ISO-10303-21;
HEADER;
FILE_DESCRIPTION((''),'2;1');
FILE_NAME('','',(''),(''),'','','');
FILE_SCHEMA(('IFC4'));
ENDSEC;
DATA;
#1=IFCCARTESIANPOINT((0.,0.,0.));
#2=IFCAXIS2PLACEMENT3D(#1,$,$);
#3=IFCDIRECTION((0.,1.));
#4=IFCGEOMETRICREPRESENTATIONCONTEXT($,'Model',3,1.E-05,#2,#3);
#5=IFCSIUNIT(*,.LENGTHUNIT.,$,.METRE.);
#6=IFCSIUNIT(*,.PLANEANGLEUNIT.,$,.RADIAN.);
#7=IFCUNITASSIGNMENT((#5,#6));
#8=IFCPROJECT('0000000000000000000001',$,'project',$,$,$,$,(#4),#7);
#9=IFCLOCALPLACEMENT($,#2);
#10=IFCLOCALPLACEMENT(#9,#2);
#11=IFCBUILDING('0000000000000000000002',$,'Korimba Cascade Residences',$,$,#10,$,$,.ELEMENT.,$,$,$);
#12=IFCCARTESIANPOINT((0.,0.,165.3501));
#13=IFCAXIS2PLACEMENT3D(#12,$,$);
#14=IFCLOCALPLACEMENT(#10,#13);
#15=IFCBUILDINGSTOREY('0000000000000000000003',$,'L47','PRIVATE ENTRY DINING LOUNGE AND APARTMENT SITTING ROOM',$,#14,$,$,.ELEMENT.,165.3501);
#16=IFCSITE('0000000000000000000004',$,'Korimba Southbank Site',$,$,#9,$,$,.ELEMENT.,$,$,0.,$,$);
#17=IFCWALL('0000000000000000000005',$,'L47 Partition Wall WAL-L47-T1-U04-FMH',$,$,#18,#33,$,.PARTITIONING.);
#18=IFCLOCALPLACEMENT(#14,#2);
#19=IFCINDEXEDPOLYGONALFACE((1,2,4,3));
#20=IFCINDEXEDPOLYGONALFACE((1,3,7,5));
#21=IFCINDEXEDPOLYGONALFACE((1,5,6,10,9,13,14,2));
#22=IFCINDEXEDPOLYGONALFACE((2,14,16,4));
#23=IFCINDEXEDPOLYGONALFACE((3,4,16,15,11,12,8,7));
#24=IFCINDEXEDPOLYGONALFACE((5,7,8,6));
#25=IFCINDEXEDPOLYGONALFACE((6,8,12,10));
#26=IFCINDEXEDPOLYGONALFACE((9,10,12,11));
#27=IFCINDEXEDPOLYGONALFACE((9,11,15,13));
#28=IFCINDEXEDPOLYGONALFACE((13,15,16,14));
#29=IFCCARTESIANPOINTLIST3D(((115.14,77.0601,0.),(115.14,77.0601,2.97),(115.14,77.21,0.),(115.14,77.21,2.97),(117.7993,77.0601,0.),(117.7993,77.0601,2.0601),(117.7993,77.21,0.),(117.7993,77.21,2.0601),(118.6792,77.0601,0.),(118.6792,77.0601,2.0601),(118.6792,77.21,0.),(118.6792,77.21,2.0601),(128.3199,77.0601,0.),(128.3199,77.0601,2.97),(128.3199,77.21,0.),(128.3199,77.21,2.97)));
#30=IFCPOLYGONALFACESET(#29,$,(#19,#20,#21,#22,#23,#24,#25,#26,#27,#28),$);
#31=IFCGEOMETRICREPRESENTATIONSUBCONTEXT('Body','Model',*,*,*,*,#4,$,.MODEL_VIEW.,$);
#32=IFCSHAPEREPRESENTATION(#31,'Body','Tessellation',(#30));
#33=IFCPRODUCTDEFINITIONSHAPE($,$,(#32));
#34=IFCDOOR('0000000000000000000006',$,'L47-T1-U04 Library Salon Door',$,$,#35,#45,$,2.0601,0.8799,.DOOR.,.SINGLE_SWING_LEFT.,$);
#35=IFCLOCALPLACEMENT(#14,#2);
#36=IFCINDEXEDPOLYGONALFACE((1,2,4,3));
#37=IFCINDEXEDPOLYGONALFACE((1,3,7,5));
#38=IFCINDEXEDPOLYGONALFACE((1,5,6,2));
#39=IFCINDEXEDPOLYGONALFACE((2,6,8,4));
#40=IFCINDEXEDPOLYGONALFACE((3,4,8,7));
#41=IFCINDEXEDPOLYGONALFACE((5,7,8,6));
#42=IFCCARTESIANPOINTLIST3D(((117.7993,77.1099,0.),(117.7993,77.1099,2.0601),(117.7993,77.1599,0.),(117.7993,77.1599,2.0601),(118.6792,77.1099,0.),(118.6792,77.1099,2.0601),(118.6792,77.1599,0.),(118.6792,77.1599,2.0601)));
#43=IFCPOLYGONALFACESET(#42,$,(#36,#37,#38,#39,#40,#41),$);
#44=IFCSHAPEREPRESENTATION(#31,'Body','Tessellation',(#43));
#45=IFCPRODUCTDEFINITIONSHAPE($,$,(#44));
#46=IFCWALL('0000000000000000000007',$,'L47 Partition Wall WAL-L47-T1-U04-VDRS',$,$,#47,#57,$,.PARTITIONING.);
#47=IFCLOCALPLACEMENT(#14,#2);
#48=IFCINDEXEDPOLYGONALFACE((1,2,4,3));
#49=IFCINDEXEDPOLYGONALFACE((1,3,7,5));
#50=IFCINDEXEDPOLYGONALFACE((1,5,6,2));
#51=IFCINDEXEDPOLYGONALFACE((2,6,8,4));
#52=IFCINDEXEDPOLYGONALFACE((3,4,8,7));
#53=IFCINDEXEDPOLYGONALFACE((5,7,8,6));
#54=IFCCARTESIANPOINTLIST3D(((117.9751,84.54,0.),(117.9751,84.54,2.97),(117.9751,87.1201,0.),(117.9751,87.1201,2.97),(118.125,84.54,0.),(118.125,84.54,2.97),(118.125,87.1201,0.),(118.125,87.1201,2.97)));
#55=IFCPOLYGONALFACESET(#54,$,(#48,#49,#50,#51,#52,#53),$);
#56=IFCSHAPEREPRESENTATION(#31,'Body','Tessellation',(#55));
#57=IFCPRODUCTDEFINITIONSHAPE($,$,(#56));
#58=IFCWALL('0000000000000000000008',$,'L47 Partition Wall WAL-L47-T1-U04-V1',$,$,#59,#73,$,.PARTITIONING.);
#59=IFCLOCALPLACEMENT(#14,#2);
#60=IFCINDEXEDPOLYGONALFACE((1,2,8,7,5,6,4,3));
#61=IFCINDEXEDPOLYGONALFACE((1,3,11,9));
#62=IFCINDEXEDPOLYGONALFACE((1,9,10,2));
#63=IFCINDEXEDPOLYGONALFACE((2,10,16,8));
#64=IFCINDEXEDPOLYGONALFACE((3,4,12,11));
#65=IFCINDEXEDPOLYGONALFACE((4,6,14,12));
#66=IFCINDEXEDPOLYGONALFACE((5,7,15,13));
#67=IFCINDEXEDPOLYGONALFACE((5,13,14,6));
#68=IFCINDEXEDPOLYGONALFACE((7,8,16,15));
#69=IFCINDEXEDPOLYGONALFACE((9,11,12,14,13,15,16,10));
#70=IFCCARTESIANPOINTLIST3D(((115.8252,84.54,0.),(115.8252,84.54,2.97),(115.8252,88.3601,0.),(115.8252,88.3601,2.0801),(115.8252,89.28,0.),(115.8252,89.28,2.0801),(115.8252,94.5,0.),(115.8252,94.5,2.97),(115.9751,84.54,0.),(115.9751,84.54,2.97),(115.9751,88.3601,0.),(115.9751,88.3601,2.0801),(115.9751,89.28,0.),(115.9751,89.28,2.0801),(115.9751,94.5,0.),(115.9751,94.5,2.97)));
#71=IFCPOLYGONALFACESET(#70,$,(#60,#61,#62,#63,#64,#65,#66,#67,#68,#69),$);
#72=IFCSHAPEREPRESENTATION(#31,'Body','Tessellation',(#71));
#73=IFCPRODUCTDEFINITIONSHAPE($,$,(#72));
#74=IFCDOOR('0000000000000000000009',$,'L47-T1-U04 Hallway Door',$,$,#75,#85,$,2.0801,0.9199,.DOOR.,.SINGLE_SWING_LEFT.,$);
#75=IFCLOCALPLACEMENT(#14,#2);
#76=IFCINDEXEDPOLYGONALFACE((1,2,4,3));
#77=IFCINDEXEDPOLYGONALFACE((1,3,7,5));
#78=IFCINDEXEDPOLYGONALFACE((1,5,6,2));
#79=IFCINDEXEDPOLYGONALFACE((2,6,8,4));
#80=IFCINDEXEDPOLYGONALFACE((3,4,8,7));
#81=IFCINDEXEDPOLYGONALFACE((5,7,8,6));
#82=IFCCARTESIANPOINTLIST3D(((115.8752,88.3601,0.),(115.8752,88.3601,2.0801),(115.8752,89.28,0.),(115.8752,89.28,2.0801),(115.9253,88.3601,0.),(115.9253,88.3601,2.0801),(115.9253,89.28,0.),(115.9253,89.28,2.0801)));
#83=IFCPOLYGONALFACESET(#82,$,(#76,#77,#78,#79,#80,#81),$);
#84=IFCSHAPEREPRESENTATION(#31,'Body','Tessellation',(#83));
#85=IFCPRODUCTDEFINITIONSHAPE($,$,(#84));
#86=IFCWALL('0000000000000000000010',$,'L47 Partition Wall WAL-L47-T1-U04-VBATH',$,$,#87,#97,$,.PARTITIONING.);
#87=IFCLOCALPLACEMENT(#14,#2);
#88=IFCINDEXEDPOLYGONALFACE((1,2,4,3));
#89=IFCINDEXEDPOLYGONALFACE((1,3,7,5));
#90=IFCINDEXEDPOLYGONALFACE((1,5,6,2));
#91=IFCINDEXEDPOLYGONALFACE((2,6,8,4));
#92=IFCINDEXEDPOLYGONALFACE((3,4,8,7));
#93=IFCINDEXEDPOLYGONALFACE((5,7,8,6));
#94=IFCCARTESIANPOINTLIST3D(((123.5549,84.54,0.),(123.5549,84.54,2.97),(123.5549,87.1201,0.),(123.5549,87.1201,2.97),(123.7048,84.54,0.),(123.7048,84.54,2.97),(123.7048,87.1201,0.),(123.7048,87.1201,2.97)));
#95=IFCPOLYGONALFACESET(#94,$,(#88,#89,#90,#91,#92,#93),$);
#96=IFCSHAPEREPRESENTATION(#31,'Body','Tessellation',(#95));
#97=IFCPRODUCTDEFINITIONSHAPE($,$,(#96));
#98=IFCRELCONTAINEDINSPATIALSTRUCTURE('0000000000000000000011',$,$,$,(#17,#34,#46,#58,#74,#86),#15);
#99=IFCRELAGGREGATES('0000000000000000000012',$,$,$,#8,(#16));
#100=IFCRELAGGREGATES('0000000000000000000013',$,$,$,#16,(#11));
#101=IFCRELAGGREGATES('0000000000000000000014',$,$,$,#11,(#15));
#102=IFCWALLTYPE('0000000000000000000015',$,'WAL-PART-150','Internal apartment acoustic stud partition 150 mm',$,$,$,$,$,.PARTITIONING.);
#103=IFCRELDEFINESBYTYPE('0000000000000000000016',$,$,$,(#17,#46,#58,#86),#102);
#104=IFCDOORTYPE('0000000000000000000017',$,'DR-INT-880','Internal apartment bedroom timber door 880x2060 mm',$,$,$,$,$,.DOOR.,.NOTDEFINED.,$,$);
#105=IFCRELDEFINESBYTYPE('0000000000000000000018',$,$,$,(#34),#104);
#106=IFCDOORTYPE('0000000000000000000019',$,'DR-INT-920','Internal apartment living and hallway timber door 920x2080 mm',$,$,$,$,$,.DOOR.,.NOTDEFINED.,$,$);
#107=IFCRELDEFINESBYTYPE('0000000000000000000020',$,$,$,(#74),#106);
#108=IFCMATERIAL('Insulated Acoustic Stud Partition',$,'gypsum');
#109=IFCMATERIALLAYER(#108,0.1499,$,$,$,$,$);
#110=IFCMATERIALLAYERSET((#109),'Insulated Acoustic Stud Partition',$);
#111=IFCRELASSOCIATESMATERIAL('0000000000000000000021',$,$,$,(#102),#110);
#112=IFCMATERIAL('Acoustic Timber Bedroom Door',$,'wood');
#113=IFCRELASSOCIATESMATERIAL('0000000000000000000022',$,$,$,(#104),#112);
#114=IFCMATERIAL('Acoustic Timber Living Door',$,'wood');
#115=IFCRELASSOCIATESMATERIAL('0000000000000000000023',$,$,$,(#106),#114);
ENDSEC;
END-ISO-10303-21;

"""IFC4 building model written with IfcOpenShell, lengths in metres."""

from ifc_helpers import new_model, si_unit, direction, frame, frame_2d, origin, place, context, subcontext, project, spatial, rectangle, extrude, material, layer, layer_set, type_object, element, fill, save


model = new_model("IFC4")

# Units and contexts
model_context = context("Model", 3, precision=1e-05, world=origin(), true_north=direction((0.0, 1.0)))
body_context = subcontext(model_context, "Body", "Model", "MODEL_VIEW")
ifc_project = project(units=[si_unit("LENGTHUNIT", "METRE"), si_unit("PLANEANGLEUNIT", "RADIAN")], contexts=[model_context])

# Site, building, storey
site_placement = place(None, origin())
site = spatial("IfcSite", under=ifc_project, at=site_placement, Name="Korimba Southbank Site", CompositionType="ELEMENT", RefElevation=0.0)
building_placement = place(site_placement, origin())
building = spatial("IfcBuilding", under=site, at=building_placement, Name="Korimba Cascade Residences", CompositionType="ELEMENT")
storey_placement = place(building_placement, frame((0.0, 0.0, 165.3501)))
storey = spatial("IfcBuildingStorey", under=building, at=storey_placement, Name="L47", Description="PRIVATE ENTRY DINING LOUNGE AND APARTMENT SITTING ROOM", CompositionType="ELEMENT", Elevation=165.3501)

# Shared definitions
ifc_material_1 = material(Name="Insulated Acoustic Stud Partition", Category="gypsum")
ifc_layer_1 = layer(ifc_material_1, 0.1499)
ifc_layer_set_1 = layer_set([ifc_layer_1], Name="Insulated Acoustic Stud Partition")
wall_type_1 = type_object("IfcWallType", Name="WAL-PART-150", Description="Internal apartment acoustic stud partition 150 mm", PredefinedType="PARTITIONING", material=ifc_layer_set_1)
ifc_material_2 = material(Name="Acoustic Timber Bedroom Door", Category="wood")
door_type_1 = type_object("IfcDoorType", Name="DR-INT-880", Description="Internal apartment bedroom timber door 880x2060 mm", OperationType="NOTDEFINED", PredefinedType="DOOR", material=ifc_material_2)

# Wall, opening, door
wall_1_placement = place(storey_placement, frame((115.1401, 77.135, 0.0), z_axis=(0.0, 0.0, 1.0), x_axis=(1.0, 0.0, 0.0)))
wall_1 = element("IfcWall", 1, at=wall_1_placement, inside=storey, type_object=wall_type_1, Name="L47 Partition Wall WAL-L47-T1-U04-FMH", PredefinedType="PARTITIONING", context=body_context, shape_type="SweptSolid", body=[
    extrude(rectangle(XDim=13.1799, YDim=0.1499, at=frame_2d((6.5898, 0.0))), origin(), (0.0, 0.0, 1.0), 2.97),
])
opening_1_placement = place(wall_1_placement, frame((2.6592, 0.0, 0.0)))
opening_1 = element("IfcOpeningElement", 2, at=opening_1_placement, cuts=wall_1, PredefinedType="OPENING", context=body_context, shape_type="SweptSolid", body=[
    extrude(rectangle(XDim=0.8799, YDim=2.0601, at=frame_2d((0.4399, 1.03))), frame((0.0, 0.085, 0.0), z_axis=(0.0, -1.0, 0.0), x_axis=(1.0, 0.0, 0.0)), (0.0, 0.0, 1.0), 0.1699),
])
door_1_placement = place(opening_1_placement, origin())
door_1 = element("IfcDoor", 3, at=door_1_placement, inside=storey, type_object=door_type_1, Name="L47-T1-U04 Library Salon Door", OperationType="SINGLE_SWING_LEFT", OverallHeight=2.0601, OverallWidth=0.8799, PredefinedType="DOOR", context=body_context, shape_type="SweptSolid", body=[
    extrude(rectangle(XDim=0.8799, YDim=2.0601, at=frame_2d((0.4399, 1.03))), frame((0.0, 0.0249, 0.0), z_axis=(0.0, -1.0, 0.0), x_axis=(1.0, 0.0, 0.0)), (0.0, 0.0, 1.0), 0.05),
])
fill(opening_1, door_1)

# Wall
wall_2_placement = place(storey_placement, frame((118.05, 84.54, 0.0), z_axis=(0.0, 0.0, 1.0), x_axis=(0.0, 1.0, 0.0)))
element("IfcWall", 4, at=wall_2_placement, inside=storey, type_object=wall_type_1, Name="L47 Partition Wall WAL-L47-T1-U04-VDRS", PredefinedType="PARTITIONING", context=body_context, shape_type="SweptSolid", body=[
    extrude(rectangle(XDim=2.5801, YDim=0.1499, at=frame_2d((1.29, 0.0))), origin(), (0.0, 0.0, 1.0), 2.97),
])

# Wall, opening, door
wall_3_placement = place(storey_placement, frame((115.9001, 84.54, 0.0), z_axis=(0.0, 0.0, 1.0), x_axis=(0.0, 1.0, 0.0)))
wall_3 = element("IfcWall", 5, at=wall_3_placement, inside=storey, type_object=wall_type_1, Name="L47 Partition Wall WAL-L47-T1-U04-V1", PredefinedType="PARTITIONING", context=body_context, shape_type="SweptSolid", body=[
    extrude(rectangle(XDim=9.96, YDim=0.1499, at=frame_2d((4.98, 0.0))), origin(), (0.0, 0.0, 1.0), 2.97),
])
opening_2_placement = place(wall_3_placement, frame((3.8201, 0.0, 0.0)))
opening_2 = element("IfcOpeningElement", 6, at=opening_2_placement, cuts=wall_3, PredefinedType="OPENING", context=body_context, shape_type="SweptSolid", body=[
    extrude(rectangle(XDim=0.9199, YDim=2.0801, at=frame_2d((0.46, 1.04))), frame((0.0, 0.085, 0.0), z_axis=(0.0, -1.0, 0.0), x_axis=(1.0, 0.0, 0.0)), (0.0, 0.0, 1.0), 0.1699),
])
ifc_material_3 = material(Name="Acoustic Timber Living Door", Category="wood")
door_type_2 = type_object("IfcDoorType", Name="DR-INT-920", Description="Internal apartment living and hallway timber door 920x2080 mm", OperationType="NOTDEFINED", PredefinedType="DOOR", material=ifc_material_3)
door_2_placement = place(opening_2_placement, origin())
door_2 = element("IfcDoor", 7, at=door_2_placement, inside=storey, type_object=door_type_2, Name="L47-T1-U04 Hallway Door", OperationType="SINGLE_SWING_LEFT", OverallHeight=2.0801, OverallWidth=0.9199, PredefinedType="DOOR", context=body_context, shape_type="SweptSolid", body=[
    extrude(rectangle(XDim=0.9199, YDim=2.0801, at=frame_2d((0.46, 1.04))), frame((0.0, 0.0249, 0.0), z_axis=(0.0, -1.0, 0.0), x_axis=(1.0, 0.0, 0.0)), (0.0, 0.0, 1.0), 0.05),
])
fill(opening_2, door_2)

# Wall
wall_4_placement = place(storey_placement, frame((123.6299, 84.54, 0.0), z_axis=(0.0, 0.0, 1.0), x_axis=(0.0, 1.0, 0.0)))
element("IfcWall", 8, at=wall_4_placement, inside=storey, type_object=wall_type_1, Name="L47 Partition Wall WAL-L47-T1-U04-VBATH", PredefinedType="PARTITIONING", context=body_context, shape_type="SweptSolid", body=[
    extrude(rectangle(XDim=2.5801, YDim=0.1499, at=frame_2d((1.29, 0.0))), origin(), (0.0, 0.0, 1.0), 2.97),
])

save(model, "model.ifc")
